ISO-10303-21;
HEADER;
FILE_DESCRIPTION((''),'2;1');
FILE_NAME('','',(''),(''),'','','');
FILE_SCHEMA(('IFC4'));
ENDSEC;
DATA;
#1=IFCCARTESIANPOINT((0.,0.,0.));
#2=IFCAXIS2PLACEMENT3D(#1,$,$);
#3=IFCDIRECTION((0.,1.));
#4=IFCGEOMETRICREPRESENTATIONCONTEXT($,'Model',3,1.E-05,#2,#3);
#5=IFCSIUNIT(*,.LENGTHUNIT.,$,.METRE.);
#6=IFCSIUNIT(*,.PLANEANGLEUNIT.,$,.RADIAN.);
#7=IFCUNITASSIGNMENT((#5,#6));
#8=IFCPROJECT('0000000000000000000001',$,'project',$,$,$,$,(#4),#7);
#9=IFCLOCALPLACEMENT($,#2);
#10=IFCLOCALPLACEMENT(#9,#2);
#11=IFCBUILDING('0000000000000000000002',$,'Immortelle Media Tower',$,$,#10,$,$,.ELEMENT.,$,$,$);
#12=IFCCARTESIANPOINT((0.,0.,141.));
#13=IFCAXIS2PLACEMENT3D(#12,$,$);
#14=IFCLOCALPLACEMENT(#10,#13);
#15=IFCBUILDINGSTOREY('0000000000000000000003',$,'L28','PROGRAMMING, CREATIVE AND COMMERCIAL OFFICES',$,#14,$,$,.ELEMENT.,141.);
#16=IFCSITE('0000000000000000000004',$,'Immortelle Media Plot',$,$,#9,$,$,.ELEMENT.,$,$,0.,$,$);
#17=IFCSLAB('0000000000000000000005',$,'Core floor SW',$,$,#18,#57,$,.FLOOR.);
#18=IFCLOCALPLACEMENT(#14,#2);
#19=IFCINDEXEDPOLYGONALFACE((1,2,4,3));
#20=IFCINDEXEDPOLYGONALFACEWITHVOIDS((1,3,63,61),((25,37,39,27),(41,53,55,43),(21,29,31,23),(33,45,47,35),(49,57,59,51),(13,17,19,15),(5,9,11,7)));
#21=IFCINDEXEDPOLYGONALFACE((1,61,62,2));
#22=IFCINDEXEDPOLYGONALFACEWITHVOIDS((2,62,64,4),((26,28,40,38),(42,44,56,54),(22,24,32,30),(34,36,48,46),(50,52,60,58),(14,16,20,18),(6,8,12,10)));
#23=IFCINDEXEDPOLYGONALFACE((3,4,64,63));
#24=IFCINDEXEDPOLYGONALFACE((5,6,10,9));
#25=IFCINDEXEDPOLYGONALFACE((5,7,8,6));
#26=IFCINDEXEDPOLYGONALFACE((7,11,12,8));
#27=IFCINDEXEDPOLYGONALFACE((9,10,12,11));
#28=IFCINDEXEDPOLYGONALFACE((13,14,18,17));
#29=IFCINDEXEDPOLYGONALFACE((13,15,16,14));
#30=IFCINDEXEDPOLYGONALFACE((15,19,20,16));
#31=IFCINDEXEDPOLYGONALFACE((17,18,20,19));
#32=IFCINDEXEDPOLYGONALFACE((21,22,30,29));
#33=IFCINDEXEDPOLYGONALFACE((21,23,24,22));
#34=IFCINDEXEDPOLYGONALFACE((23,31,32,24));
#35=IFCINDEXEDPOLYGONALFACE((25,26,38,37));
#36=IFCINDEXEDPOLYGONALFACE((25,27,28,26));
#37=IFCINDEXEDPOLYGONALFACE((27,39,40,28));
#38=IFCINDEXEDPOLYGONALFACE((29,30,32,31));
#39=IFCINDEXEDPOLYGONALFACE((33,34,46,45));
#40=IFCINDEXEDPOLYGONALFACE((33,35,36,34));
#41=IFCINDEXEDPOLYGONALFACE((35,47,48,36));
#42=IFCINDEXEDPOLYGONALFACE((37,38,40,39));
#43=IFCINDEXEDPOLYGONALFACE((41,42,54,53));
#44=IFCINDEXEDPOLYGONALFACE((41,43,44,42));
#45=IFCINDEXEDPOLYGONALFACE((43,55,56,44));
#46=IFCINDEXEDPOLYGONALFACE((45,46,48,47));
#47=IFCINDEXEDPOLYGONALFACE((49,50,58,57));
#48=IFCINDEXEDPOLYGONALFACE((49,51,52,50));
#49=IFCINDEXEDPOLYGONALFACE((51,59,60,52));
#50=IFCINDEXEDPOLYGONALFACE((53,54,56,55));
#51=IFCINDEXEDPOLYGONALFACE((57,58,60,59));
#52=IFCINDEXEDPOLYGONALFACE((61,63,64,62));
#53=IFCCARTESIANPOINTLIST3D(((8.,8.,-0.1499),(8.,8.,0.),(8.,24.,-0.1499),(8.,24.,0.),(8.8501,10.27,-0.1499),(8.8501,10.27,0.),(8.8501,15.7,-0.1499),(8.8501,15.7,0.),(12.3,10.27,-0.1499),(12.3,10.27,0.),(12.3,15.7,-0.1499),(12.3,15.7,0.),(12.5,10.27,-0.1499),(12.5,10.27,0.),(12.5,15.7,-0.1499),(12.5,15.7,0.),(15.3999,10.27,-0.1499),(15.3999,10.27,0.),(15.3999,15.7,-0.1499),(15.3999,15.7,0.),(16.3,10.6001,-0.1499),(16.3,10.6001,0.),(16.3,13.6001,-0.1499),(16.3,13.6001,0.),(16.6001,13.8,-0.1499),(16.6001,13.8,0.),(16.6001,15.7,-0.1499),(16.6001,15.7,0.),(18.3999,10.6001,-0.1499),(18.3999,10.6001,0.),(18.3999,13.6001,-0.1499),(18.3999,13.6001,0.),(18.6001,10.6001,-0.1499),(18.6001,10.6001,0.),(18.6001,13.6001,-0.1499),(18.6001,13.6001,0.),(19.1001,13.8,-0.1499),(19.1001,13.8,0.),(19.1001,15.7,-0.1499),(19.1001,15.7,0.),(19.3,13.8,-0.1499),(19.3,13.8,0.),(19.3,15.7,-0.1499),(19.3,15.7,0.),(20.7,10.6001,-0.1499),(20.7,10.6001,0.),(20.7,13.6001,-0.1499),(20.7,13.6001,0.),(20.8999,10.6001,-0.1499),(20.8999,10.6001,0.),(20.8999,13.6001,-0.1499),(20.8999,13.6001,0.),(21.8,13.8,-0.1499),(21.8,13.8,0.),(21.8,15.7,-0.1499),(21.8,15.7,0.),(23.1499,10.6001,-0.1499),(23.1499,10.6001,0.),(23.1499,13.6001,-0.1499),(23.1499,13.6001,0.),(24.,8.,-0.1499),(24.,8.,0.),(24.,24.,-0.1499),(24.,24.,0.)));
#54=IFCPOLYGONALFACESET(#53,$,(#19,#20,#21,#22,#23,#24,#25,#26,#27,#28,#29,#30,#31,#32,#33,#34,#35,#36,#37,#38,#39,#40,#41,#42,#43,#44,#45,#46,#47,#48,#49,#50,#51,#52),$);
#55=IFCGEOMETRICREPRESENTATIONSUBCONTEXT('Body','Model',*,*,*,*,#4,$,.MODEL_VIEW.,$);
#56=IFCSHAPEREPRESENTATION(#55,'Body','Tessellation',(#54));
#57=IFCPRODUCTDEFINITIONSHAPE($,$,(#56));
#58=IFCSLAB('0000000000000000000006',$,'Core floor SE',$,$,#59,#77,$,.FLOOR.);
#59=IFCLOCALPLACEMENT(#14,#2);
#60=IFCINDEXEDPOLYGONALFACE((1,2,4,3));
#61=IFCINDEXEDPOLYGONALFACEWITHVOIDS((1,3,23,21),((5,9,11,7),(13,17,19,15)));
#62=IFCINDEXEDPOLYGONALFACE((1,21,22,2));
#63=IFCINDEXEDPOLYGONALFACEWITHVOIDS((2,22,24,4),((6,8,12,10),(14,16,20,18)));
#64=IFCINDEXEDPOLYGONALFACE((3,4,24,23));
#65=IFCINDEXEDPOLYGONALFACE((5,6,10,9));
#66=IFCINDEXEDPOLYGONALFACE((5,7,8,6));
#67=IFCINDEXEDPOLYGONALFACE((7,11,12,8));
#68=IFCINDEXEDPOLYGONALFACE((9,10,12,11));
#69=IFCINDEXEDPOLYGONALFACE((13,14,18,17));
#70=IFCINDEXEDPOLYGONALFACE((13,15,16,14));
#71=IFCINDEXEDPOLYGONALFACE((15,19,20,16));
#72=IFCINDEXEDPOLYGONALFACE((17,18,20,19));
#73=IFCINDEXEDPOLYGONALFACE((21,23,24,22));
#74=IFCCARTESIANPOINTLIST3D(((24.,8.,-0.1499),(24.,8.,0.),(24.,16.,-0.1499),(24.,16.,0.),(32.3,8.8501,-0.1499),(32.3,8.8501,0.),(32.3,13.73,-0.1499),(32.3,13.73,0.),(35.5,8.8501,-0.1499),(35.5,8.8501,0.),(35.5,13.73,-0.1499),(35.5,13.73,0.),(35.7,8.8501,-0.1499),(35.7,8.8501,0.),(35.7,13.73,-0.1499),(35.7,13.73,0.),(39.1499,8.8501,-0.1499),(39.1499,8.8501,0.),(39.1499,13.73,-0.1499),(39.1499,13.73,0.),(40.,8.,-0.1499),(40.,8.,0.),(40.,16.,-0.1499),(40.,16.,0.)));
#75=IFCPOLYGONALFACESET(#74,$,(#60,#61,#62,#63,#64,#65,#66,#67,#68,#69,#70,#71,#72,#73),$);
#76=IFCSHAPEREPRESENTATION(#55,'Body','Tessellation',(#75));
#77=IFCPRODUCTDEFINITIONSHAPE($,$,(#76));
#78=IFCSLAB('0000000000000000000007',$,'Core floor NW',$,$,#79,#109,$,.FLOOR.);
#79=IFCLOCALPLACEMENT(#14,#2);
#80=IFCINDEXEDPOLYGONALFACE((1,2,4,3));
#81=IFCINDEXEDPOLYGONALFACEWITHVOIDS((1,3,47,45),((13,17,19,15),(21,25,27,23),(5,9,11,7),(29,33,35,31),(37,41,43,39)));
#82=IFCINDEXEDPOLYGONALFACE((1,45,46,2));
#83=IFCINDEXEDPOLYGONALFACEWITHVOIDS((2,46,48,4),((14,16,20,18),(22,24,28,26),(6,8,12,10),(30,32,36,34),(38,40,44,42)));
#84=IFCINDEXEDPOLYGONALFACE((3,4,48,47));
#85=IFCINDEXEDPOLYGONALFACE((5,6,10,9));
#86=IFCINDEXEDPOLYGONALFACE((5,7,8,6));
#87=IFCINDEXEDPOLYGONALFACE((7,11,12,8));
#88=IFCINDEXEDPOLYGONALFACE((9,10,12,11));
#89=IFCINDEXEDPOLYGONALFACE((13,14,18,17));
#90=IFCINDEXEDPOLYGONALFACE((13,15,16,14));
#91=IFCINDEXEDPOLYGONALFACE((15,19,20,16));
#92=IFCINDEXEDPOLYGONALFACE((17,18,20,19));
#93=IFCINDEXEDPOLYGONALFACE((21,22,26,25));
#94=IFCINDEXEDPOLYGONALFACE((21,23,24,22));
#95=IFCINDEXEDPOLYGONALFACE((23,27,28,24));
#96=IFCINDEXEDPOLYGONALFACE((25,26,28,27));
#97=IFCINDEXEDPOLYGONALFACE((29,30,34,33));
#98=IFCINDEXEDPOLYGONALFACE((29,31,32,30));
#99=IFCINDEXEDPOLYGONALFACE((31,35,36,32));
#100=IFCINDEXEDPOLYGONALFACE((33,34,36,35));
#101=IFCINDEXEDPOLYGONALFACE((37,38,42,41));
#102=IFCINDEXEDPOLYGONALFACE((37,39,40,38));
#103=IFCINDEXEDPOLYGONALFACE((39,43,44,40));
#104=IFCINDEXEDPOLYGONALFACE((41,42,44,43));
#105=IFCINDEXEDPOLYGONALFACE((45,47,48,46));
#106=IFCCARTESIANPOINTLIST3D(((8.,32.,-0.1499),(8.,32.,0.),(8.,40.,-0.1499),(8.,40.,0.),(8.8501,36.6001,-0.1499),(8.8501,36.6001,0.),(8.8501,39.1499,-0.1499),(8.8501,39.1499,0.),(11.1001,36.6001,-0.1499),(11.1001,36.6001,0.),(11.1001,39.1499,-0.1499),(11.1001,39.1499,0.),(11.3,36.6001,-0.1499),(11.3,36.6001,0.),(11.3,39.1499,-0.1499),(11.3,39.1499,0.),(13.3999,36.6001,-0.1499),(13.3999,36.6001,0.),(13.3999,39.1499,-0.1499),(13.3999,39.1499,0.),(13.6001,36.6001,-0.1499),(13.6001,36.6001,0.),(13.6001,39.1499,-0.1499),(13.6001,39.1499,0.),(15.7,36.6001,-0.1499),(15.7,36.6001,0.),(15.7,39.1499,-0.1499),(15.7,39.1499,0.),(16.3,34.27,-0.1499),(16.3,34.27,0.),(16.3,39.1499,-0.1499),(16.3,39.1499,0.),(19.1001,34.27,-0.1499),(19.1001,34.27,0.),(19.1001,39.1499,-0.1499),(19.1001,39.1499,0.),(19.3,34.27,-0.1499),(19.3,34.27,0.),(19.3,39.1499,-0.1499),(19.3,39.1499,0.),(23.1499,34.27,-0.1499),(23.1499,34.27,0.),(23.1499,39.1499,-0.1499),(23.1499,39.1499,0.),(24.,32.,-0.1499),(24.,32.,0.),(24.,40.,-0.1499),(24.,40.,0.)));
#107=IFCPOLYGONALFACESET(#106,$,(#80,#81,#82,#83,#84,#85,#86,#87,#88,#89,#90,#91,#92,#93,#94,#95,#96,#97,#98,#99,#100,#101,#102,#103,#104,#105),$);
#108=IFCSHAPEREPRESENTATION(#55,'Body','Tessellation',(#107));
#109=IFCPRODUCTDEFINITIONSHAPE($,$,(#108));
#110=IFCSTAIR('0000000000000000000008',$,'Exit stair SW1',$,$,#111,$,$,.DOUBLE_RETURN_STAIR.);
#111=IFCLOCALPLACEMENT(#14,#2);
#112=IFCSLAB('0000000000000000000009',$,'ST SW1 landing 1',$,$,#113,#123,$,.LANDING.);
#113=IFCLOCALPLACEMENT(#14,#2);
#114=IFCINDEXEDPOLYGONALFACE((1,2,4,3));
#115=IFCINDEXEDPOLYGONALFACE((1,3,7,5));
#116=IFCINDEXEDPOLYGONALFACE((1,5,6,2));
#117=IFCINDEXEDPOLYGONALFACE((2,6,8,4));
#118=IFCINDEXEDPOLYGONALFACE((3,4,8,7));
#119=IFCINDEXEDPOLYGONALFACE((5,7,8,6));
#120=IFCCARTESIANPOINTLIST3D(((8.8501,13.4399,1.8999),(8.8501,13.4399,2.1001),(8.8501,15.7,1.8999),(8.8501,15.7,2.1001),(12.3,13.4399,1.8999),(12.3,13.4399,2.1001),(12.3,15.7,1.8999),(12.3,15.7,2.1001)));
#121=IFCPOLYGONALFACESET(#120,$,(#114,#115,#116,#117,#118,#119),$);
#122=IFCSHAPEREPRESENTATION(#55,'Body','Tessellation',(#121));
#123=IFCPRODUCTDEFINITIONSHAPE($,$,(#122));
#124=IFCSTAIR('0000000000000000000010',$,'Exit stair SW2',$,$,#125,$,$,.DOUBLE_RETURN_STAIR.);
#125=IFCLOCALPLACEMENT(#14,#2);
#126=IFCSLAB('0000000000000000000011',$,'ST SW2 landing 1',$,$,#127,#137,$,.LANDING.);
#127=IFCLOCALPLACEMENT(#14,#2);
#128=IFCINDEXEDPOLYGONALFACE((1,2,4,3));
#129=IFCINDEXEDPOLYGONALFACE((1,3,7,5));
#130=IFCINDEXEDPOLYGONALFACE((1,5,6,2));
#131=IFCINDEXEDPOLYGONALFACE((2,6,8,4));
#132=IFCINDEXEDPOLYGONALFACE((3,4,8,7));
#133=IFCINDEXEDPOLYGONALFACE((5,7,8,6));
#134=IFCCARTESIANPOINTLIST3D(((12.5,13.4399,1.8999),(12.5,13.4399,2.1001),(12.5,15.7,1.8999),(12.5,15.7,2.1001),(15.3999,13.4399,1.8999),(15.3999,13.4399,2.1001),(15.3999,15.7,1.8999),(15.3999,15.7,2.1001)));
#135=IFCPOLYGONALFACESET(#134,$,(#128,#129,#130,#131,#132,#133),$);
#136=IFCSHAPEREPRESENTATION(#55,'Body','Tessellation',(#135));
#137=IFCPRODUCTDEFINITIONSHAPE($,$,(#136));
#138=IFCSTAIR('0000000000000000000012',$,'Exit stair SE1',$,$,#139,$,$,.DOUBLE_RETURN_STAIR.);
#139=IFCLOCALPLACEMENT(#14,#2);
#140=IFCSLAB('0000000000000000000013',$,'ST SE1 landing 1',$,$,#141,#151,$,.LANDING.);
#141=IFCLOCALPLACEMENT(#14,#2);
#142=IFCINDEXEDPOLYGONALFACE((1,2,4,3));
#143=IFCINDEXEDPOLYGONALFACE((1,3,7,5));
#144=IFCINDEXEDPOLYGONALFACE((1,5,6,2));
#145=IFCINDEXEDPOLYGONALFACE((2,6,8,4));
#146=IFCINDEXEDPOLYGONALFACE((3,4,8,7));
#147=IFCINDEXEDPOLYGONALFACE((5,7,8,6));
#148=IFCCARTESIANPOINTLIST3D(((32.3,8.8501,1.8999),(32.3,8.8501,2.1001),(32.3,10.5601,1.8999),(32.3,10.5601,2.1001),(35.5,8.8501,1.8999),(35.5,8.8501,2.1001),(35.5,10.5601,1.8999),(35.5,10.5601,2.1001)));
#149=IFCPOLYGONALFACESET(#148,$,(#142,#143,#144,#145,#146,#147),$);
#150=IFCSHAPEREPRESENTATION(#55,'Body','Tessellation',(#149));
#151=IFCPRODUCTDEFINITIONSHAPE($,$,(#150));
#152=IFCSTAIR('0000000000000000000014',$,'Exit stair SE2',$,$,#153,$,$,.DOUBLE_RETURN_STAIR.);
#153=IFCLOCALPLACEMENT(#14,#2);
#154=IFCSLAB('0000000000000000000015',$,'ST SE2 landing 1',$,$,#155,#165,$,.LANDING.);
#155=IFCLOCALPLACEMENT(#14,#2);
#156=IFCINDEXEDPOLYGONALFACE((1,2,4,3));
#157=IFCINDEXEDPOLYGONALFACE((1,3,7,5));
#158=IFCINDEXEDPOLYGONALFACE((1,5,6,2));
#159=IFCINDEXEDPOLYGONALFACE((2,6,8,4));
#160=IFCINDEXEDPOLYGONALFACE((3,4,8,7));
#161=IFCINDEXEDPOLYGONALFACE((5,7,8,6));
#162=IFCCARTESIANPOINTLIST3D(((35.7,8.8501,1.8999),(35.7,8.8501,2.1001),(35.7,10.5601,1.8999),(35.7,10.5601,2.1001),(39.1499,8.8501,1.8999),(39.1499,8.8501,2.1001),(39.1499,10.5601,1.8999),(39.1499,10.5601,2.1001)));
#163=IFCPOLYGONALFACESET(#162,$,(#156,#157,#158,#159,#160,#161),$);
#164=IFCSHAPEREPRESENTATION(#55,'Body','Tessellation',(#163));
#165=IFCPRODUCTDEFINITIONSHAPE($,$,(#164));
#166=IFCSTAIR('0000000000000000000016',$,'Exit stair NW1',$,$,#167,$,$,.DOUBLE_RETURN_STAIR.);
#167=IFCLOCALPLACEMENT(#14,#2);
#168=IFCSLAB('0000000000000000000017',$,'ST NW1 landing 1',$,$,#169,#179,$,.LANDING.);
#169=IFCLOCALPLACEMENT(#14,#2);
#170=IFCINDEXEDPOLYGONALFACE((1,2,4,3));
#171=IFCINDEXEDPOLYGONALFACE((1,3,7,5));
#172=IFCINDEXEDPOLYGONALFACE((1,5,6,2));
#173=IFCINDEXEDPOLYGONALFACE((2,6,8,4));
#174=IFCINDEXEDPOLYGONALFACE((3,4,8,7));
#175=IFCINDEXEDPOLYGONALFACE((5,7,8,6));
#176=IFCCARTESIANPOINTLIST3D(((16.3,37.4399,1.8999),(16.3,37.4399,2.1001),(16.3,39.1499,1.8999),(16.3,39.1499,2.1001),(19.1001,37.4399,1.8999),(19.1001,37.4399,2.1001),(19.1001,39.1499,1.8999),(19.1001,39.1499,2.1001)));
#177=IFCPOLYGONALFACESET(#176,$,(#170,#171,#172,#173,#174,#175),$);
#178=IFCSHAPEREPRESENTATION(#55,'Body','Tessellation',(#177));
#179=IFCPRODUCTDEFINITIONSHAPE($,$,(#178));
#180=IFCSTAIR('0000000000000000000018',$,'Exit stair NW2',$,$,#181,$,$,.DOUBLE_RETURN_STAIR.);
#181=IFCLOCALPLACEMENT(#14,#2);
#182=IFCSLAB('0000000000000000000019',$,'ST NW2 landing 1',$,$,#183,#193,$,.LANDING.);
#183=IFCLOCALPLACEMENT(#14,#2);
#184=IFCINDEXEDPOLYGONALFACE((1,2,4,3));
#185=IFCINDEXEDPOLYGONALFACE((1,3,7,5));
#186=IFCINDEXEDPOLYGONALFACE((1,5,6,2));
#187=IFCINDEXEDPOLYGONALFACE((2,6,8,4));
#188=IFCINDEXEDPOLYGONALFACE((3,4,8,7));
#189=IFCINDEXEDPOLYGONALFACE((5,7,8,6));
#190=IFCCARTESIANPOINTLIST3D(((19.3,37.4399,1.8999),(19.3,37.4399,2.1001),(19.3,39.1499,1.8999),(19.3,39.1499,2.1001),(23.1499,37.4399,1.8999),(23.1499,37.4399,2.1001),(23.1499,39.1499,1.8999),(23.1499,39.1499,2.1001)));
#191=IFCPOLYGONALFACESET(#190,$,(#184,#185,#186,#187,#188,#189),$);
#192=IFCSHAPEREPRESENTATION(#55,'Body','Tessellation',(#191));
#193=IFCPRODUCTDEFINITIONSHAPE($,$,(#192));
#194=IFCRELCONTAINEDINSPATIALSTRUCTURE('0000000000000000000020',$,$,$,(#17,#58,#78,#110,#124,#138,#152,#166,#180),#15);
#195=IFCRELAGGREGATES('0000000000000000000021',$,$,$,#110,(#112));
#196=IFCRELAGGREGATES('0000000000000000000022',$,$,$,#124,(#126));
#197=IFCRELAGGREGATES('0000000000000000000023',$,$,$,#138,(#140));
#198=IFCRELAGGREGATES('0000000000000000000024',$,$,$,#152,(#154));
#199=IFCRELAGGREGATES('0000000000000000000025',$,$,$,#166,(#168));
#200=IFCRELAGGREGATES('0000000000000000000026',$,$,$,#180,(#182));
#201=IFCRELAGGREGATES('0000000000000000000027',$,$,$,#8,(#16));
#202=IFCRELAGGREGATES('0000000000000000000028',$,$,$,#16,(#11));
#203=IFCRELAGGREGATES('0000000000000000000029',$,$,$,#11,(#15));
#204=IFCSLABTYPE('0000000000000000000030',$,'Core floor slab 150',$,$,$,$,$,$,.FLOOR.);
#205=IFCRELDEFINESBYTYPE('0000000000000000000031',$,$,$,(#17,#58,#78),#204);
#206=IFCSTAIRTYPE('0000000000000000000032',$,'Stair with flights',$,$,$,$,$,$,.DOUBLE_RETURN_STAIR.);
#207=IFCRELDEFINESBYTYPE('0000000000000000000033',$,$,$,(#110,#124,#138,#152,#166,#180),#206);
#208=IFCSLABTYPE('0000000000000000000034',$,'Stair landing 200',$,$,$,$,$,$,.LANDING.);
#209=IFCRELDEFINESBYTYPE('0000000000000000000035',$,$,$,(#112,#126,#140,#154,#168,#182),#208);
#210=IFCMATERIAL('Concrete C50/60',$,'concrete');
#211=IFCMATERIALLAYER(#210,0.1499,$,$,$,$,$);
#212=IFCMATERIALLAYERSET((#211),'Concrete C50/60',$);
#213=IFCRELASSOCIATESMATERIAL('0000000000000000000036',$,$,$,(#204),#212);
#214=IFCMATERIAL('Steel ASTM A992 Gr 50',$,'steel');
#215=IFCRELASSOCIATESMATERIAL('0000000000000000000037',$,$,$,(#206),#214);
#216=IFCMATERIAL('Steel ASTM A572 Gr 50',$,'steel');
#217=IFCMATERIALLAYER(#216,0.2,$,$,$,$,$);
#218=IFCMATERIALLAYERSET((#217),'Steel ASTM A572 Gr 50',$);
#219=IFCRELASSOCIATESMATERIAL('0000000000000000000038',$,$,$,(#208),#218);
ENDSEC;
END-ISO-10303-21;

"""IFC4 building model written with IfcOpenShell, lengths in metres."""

from ifc_helpers import new_model, si_unit, direction, frame, origin, place, context, subcontext, project, spatial, polyline, outline, extrude, material, layer, layer_set, type_object, element, aggregate, save


model = new_model("IFC4")

# Units and contexts
model_context = context("Model", 3, precision=1e-05, world=origin(), true_north=direction((0.0, 1.0)))
body_context = subcontext(model_context, "Body", "Model", "MODEL_VIEW")
ifc_project = project(units=[si_unit("LENGTHUNIT", "METRE"), si_unit("PLANEANGLEUNIT", "RADIAN")], contexts=[model_context])

# Site, building, storey
site_placement = place(None, origin())
site = spatial("IfcSite", under=ifc_project, at=site_placement, Name="Immortelle Media Plot", CompositionType="ELEMENT", RefElevation=0.0)
building_placement = place(site_placement, origin())
building = spatial("IfcBuilding", under=site, at=building_placement, Name="Immortelle Media Tower", CompositionType="ELEMENT")
storey_placement = place(building_placement, frame((0.0, 0.0, 141.0)))
storey = spatial("IfcBuildingStorey", under=building, at=storey_placement, Name="L28", Description="PROGRAMMING, CREATIVE AND COMMERCIAL OFFICES", CompositionType="ELEMENT", Elevation=141.0)

# Slabs
ifc_material_1 = material(Name="Concrete C50/60", Category="concrete")
ifc_layer_1 = layer(ifc_material_1, 0.1499)
ifc_layer_set_1 = layer_set([ifc_layer_1], Name="Concrete C50/60")
slab_type_1 = type_object("IfcSlabType", Name="Core floor slab 150", PredefinedType="FLOOR", material=ifc_layer_set_1)
slab_1_placement = place(storey_placement, frame((0.0, 0.0, -0.1499)))
element("IfcSlab", 1, at=slab_1_placement, inside=storey, type_object=slab_type_1, Name="Core floor SW", PredefinedType="FLOOR", context=body_context, shape_type="SweptSolid", body=[
    extrude(outline(polyline([(8.0, 8.0), (24.0, 8.0), (24.0, 24.0), (8.0, 24.0), (8.0, 8.0)]), holes=[polyline([(16.6001, 13.8), (19.1001, 13.8), (19.1001, 15.7), (16.6001, 15.7), (16.6001, 13.8)]), polyline([(19.3, 13.8), (21.8, 13.8), (21.8, 15.7), (19.3, 15.7), (19.3, 13.8)]), polyline([(16.3, 10.6001), (18.3999, 10.6001), (18.3999, 13.6001), (16.3, 13.6001), (16.3, 10.6001)]), polyline([(18.6001, 10.6001), (20.7, 10.6001), (20.7, 13.6001), (18.6001, 13.6001), (18.6001, 10.6001)]), polyline([(20.8999, 10.6001), (23.1499, 10.6001), (23.1499, 13.6001), (20.8999, 13.6001), (20.8999, 10.6001)]), polyline([(8.8501, 10.27), (12.3, 10.27), (12.3, 15.7), (8.8501, 15.7), (8.8501, 10.27)]), polyline([(12.5, 10.27), (15.3999, 10.27), (15.3999, 15.7), (12.5, 15.7), (12.5, 10.27)])]), origin(), (0.0, 0.0, 1.0), 0.1499),
])
slab_2_placement = place(storey_placement, frame((0.0, 0.0, -0.1499)))
element("IfcSlab", 2, at=slab_2_placement, inside=storey, type_object=slab_type_1, Name="Core floor SE", PredefinedType="FLOOR", context=body_context, shape_type="SweptSolid", body=[
    extrude(outline(polyline([(24.0, 8.0), (40.0, 8.0), (40.0, 16.0), (24.0, 16.0), (24.0, 8.0)]), holes=[polyline([(32.3, 8.8501), (35.5, 8.8501), (35.5, 13.73), (32.3, 13.73), (32.3, 8.8501)]), polyline([(35.7, 8.8501), (39.1499, 8.8501), (39.1499, 13.73), (35.7, 13.73), (35.7, 8.8501)])]), origin(), (0.0, 0.0, 1.0), 0.1499),
])
slab_3_placement = place(storey_placement, frame((0.0, 0.0, -0.1499)))
element("IfcSlab", 3, at=slab_3_placement, inside=storey, type_object=slab_type_1, Name="Core floor NW", PredefinedType="FLOOR", context=body_context, shape_type="SweptSolid", body=[
    extrude(outline(polyline([(8.0, 32.0), (24.0, 32.0), (24.0, 40.0), (8.0, 40.0), (8.0, 32.0)]), holes=[polyline([(8.8501, 36.6001), (11.1001, 36.6001), (11.1001, 39.1499), (8.8501, 39.1499), (8.8501, 36.6001)]), polyline([(11.3, 36.6001), (13.3999, 36.6001), (13.3999, 39.1499), (11.3, 39.1499), (11.3, 36.6001)]), polyline([(13.6001, 36.6001), (15.7, 36.6001), (15.7, 39.1499), (13.6001, 39.1499), (13.6001, 36.6001)]), polyline([(16.3, 34.27), (19.1001, 34.27), (19.1001, 39.1499), (16.3, 39.1499), (16.3, 34.27)]), polyline([(19.3, 34.27), (23.1499, 34.27), (23.1499, 39.1499), (19.3, 39.1499), (19.3, 34.27)])]), origin(), (0.0, 0.0, 1.0), 0.1499),
])

# Stairs, slabs
ifc_material_2 = material(Name="Steel ASTM A992 Gr 50", Category="steel")
stair_type = type_object("IfcStairType", Name="Stair with flights", PredefinedType="DOUBLE_RETURN_STAIR", material=ifc_material_2)
stair_1_placement = place(storey_placement, origin())
stair_1 = element("IfcStair", 4, at=stair_1_placement, inside=storey, type_object=stair_type, Name="Exit stair SW1", PredefinedType="DOUBLE_RETURN_STAIR")
ifc_material_3 = material(Name="Steel ASTM A572 Gr 50", Category="steel")
ifc_layer_2 = layer(ifc_material_3, 0.2)
ifc_layer_set_2 = layer_set([ifc_layer_2], Name="Steel ASTM A572 Gr 50")
slab_type_2 = type_object("IfcSlabType", Name="Stair landing 200", PredefinedType="LANDING", material=ifc_layer_set_2)
slab_4_placement = place(storey_placement, frame((0.0, 0.0, 1.8999)))
slab_4 = element("IfcSlab", 5, at=slab_4_placement, type_object=slab_type_2, Name="ST SW1 landing 1", PredefinedType="LANDING", context=body_context, shape_type="SweptSolid", body=[
    extrude(outline(polyline([(8.8501, 13.4399), (12.3, 13.4399), (12.3, 15.7), (8.8501, 15.7), (8.8501, 13.4399)])), origin(), (0.0, 0.0, 1.0), 0.2002),
])
aggregate(stair_1, [slab_4])
stair_2_placement = place(storey_placement, origin())
stair_2 = element("IfcStair", 6, at=stair_2_placement, inside=storey, type_object=stair_type, Name="Exit stair SW2", PredefinedType="DOUBLE_RETURN_STAIR")
slab_5_placement = place(storey_placement, frame((0.0, 0.0, 1.8999)))
slab_5 = element("IfcSlab", 7, at=slab_5_placement, type_object=slab_type_2, Name="ST SW2 landing 1", PredefinedType="LANDING", context=body_context, shape_type="SweptSolid", body=[
    extrude(outline(polyline([(12.5, 13.4399), (15.3999, 13.4399), (15.3999, 15.7), (12.5, 15.7), (12.5, 13.4399)])), origin(), (0.0, 0.0, 1.0), 0.2002),
])
aggregate(stair_2, [slab_5])
stair_3_placement = place(storey_placement, origin())
stair_3 = element("IfcStair", 8, at=stair_3_placement, inside=storey, type_object=stair_type, Name="Exit stair SE1", PredefinedType="DOUBLE_RETURN_STAIR")
slab_6_placement = place(storey_placement, frame((0.0, 0.0, 1.8999)))
slab_6 = element("IfcSlab", 9, at=slab_6_placement, type_object=slab_type_2, Name="ST SE1 landing 1", PredefinedType="LANDING", context=body_context, shape_type="SweptSolid", body=[
    extrude(outline(polyline([(32.3, 8.8501), (35.5, 8.8501), (35.5, 10.5601), (32.3, 10.5601), (32.3, 8.8501)])), origin(), (0.0, 0.0, 1.0), 0.2002),
])
aggregate(stair_3, [slab_6])
stair_4_placement = place(storey_placement, origin())
stair_4 = element("IfcStair", 10, at=stair_4_placement, inside=storey, type_object=stair_type, Name="Exit stair SE2", PredefinedType="DOUBLE_RETURN_STAIR")
slab_7_placement = place(storey_placement, frame((0.0, 0.0, 1.8999)))
slab_7 = element("IfcSlab", 11, at=slab_7_placement, type_object=slab_type_2, Name="ST SE2 landing 1", PredefinedType="LANDING", context=body_context, shape_type="SweptSolid", body=[
    extrude(outline(polyline([(35.7, 8.8501), (39.1499, 8.8501), (39.1499, 10.5601), (35.7, 10.5601), (35.7, 8.8501)])), origin(), (0.0, 0.0, 1.0), 0.2002),
])
aggregate(stair_4, [slab_7])
stair_5_placement = place(storey_placement, origin())
stair_5 = element("IfcStair", 12, at=stair_5_placement, inside=storey, type_object=stair_type, Name="Exit stair NW1", PredefinedType="DOUBLE_RETURN_STAIR")
slab_8_placement = place(storey_placement, frame((0.0, 0.0, 1.8999)))
slab_8 = element("IfcSlab", 13, at=slab_8_placement, type_object=slab_type_2, Name="ST NW1 landing 1", PredefinedType="LANDING", context=body_context, shape_type="SweptSolid", body=[
    extrude(outline(polyline([(16.3, 37.4399), (19.1001, 37.4399), (19.1001, 39.1499), (16.3, 39.1499), (16.3, 37.4399)])), origin(), (0.0, 0.0, 1.0), 0.2002),
])
aggregate(stair_5, [slab_8])
stair_6_placement = place(storey_placement, origin())
stair_6 = element("IfcStair", 14, at=stair_6_placement, inside=storey, type_object=stair_type, Name="Exit stair NW2", PredefinedType="DOUBLE_RETURN_STAIR")
slab_9_placement = place(storey_placement, frame((0.0, 0.0, 1.8999)))
slab_9 = element("IfcSlab", 15, at=slab_9_placement, type_object=slab_type_2, Name="ST NW2 landing 1", PredefinedType="LANDING", context=body_context, shape_type="SweptSolid", body=[
    extrude(outline(polyline([(19.3, 37.4399), (23.1499, 37.4399), (23.1499, 39.1499), (19.3, 39.1499), (19.3, 37.4399)])), origin(), (0.0, 0.0, 1.0), 0.2002),
])
aggregate(stair_6, [slab_9])

save(model, "model.ifc")
